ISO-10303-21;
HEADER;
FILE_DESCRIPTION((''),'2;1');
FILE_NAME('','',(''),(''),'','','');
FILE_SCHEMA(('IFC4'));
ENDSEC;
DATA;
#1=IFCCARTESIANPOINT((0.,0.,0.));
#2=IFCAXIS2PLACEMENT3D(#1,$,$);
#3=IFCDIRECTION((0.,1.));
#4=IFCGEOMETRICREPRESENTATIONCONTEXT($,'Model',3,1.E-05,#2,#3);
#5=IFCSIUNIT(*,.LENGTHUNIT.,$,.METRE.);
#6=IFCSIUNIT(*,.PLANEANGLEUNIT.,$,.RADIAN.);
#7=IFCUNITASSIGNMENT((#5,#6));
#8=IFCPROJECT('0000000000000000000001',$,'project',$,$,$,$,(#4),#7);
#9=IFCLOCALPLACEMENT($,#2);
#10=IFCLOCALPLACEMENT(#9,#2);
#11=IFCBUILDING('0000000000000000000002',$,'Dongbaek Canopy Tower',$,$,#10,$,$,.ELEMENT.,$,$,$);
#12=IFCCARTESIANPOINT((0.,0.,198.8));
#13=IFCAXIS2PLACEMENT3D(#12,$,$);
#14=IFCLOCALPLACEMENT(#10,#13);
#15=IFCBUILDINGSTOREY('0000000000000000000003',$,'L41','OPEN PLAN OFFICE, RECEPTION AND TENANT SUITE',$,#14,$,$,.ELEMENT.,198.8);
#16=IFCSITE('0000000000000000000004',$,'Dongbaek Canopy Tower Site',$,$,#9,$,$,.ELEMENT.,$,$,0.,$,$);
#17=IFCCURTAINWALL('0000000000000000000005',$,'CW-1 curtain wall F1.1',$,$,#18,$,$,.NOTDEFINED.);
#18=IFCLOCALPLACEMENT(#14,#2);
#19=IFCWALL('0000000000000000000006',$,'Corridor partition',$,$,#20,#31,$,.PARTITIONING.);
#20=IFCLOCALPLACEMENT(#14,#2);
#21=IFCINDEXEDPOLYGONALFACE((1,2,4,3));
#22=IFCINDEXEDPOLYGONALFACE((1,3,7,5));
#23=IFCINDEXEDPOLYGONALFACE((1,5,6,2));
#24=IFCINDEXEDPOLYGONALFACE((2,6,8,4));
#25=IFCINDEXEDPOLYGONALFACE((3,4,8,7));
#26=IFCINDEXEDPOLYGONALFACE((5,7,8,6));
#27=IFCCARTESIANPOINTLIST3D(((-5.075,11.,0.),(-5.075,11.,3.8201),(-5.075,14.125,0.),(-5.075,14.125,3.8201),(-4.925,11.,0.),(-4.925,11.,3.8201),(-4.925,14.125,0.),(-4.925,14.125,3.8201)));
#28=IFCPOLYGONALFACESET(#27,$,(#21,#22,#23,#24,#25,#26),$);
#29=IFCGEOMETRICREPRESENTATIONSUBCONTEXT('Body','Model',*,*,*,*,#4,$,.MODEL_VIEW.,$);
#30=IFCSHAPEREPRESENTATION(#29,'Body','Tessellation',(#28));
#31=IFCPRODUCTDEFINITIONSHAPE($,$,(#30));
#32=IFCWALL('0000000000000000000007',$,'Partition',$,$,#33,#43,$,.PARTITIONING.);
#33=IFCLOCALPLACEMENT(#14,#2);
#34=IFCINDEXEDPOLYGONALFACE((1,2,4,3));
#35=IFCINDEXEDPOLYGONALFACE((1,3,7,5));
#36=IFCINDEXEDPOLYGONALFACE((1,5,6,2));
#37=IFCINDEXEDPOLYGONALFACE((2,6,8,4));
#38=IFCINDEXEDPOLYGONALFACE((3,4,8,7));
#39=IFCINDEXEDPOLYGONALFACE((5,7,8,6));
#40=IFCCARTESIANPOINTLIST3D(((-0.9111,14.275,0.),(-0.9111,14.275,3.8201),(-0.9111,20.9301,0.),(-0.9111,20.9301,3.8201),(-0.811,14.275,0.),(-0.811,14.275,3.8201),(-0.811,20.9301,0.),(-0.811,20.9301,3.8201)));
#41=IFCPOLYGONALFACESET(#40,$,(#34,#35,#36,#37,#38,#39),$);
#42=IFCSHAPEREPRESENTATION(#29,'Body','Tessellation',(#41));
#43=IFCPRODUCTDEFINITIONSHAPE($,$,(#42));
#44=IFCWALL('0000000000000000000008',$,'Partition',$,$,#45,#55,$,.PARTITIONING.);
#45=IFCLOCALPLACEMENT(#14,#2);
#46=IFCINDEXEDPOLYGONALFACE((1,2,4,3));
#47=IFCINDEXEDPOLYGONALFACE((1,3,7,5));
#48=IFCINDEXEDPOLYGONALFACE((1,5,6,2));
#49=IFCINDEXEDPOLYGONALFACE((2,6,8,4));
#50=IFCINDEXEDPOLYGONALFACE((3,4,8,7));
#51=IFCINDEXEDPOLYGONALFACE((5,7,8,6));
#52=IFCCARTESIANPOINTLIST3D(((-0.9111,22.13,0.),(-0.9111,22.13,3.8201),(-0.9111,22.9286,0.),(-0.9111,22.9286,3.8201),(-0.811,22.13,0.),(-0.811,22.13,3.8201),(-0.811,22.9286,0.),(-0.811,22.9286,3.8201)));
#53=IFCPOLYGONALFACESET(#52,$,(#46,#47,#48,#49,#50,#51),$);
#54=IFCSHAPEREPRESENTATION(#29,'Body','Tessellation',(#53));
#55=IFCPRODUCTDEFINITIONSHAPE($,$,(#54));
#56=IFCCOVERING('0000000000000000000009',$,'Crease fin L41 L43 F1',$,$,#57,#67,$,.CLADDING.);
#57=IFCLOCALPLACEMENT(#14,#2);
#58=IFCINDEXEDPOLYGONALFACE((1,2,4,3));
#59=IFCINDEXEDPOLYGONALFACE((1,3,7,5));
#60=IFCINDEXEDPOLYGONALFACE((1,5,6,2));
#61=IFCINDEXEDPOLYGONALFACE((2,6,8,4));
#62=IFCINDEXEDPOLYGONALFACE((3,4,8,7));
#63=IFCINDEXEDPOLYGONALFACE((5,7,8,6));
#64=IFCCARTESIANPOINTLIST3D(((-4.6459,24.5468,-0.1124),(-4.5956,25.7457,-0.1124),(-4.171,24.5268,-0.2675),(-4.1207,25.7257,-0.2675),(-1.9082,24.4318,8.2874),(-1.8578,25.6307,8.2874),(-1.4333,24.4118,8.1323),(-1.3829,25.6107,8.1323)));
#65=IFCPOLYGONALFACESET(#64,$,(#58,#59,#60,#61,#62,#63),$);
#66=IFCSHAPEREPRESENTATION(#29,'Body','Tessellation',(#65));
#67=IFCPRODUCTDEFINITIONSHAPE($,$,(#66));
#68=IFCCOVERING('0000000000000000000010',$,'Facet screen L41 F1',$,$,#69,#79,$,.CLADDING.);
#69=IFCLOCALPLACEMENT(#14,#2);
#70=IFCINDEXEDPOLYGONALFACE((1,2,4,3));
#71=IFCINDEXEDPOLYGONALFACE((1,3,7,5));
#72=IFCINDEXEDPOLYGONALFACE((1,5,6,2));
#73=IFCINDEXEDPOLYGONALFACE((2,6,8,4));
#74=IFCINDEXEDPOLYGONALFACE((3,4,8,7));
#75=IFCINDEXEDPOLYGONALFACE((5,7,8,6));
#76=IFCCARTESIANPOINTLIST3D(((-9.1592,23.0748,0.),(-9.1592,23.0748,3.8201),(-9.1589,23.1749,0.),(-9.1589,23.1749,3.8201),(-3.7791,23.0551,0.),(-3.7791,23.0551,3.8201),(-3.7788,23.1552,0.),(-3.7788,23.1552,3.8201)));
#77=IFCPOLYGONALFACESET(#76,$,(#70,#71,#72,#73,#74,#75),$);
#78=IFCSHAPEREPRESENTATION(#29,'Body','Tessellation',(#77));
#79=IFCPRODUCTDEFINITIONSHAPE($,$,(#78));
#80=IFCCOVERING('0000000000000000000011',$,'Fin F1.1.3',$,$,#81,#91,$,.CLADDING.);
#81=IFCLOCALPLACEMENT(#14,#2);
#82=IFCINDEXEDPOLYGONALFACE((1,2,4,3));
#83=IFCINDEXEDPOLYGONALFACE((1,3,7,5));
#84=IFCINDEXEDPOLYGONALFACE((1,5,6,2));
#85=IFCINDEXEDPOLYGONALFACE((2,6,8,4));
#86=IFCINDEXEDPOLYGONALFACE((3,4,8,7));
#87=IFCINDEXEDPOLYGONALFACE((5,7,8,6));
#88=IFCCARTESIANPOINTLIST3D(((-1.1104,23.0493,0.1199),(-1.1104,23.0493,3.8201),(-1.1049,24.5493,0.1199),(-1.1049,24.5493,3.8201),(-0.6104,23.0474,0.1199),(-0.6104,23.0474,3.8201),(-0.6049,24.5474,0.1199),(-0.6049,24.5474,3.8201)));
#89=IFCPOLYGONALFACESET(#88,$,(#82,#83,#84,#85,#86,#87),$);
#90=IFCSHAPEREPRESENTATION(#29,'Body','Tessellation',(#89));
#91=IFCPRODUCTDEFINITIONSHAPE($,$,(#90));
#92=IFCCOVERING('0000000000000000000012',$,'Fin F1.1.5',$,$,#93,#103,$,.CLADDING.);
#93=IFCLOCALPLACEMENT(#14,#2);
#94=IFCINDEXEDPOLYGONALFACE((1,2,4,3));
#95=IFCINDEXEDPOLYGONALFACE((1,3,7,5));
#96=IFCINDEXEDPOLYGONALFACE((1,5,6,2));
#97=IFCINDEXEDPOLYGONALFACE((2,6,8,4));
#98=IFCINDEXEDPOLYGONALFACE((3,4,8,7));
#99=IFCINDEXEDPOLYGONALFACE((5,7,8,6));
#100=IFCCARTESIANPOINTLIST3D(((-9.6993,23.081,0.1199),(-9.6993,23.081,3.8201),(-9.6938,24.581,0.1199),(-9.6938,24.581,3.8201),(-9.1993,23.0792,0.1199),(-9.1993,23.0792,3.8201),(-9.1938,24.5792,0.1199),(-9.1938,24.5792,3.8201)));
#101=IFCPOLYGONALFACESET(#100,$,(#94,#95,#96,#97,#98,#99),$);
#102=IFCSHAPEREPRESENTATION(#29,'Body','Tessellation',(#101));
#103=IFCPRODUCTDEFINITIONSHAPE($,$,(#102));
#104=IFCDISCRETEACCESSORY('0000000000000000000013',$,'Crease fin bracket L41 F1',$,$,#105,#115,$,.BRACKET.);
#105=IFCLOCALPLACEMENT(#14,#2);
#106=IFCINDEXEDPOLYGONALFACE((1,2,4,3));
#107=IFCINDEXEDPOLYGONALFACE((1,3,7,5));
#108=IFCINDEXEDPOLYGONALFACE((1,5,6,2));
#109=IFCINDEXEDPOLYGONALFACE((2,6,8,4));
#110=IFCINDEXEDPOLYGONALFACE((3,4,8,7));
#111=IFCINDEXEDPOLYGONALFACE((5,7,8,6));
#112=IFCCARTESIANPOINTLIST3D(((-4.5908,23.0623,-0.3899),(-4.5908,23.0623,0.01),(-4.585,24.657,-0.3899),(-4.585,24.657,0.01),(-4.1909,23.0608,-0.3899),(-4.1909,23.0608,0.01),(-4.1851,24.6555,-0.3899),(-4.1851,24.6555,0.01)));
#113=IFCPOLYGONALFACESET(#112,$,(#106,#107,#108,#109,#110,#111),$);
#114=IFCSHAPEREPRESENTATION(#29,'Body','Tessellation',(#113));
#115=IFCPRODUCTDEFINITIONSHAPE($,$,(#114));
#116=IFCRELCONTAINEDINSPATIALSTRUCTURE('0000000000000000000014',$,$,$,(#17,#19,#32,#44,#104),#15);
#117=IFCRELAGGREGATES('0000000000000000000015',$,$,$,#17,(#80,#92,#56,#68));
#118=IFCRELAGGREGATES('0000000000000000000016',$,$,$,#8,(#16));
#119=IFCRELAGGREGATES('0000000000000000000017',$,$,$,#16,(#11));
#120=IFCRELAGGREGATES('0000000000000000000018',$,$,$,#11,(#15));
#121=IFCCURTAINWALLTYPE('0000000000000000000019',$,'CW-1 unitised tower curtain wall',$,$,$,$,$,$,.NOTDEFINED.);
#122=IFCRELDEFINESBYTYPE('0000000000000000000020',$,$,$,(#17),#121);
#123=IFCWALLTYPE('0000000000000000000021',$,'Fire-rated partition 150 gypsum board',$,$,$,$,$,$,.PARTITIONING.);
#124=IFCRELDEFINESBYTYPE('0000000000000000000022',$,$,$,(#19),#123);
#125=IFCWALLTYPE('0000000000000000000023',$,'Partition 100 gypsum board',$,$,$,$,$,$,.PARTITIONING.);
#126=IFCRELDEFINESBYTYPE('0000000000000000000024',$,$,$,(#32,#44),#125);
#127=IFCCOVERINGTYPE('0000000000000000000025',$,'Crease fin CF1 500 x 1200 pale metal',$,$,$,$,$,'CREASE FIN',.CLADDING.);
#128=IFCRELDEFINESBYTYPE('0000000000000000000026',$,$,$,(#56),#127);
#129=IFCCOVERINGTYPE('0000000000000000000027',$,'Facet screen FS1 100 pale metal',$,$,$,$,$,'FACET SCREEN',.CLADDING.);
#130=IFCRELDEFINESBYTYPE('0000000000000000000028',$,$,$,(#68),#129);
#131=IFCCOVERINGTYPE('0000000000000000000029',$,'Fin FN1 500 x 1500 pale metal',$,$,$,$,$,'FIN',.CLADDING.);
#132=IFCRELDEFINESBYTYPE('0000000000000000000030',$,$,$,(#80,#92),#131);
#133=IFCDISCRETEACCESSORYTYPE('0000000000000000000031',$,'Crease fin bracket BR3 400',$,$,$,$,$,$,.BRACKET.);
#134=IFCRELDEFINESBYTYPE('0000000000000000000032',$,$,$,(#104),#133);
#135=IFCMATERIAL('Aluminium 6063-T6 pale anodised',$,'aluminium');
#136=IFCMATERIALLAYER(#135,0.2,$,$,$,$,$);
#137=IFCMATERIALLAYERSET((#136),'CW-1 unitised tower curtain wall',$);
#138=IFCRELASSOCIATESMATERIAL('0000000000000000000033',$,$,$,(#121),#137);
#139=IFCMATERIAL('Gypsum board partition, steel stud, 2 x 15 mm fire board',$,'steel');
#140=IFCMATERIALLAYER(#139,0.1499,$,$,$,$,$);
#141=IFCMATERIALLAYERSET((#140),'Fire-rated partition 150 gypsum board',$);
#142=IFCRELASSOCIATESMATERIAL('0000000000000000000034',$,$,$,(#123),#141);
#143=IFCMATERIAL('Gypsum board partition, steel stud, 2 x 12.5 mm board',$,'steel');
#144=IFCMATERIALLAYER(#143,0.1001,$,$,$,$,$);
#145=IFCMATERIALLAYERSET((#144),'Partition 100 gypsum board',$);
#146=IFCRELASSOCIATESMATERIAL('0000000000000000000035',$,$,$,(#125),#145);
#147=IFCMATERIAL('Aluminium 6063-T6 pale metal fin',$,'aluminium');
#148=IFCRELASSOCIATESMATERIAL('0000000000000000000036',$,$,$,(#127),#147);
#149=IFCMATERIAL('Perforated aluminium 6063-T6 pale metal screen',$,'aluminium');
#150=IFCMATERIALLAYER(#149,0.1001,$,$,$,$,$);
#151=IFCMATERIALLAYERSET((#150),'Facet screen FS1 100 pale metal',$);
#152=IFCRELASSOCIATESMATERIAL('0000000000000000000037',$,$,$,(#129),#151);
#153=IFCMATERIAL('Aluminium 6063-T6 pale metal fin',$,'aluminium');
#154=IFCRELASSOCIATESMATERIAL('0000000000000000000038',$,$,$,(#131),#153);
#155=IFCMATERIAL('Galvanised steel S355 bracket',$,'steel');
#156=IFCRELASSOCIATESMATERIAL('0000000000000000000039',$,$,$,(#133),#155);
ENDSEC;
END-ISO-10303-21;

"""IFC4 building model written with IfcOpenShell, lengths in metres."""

from ifc_helpers import new_model, si_unit, direction, frame, frame_2d, origin, origin_2d, place, context, subcontext, project, spatial, rectangle, extrude, material, layer, layer_set, material_profile, profile_set, type_object, element, aggregate, save


model = new_model("IFC4")

# Units and contexts
model_context = context("Model", 3, precision=1e-05, world=origin(), true_north=direction((0.0, 1.0)))
body_context = subcontext(model_context, "Body", "Model", "MODEL_VIEW")
ifc_project = project(units=[si_unit("LENGTHUNIT", "METRE"), si_unit("PLANEANGLEUNIT", "RADIAN")], contexts=[model_context])

# Site, building, storey
site_placement = place(None, origin())
site = spatial("IfcSite", under=ifc_project, at=site_placement, Name="Dongbaek Canopy Tower Site", CompositionType="ELEMENT", RefElevation=0.0)
building_placement = place(site_placement, origin())
building = spatial("IfcBuilding", under=site, at=building_placement, Name="Dongbaek Canopy Tower", CompositionType="ELEMENT")
storey_placement = place(building_placement, frame((0.0, 0.0, 198.8)))
storey = spatial("IfcBuildingStorey", under=building, at=storey_placement, Name="L41", Description="OPEN PLAN OFFICE, RECEPTION AND TENANT SUITE", CompositionType="ELEMENT", Elevation=198.8)

# Curtain wall
ifc_material_1 = material(Name="Aluminium 6063-T6 pale anodised", Category="aluminium")
ifc_layer_1 = layer(ifc_material_1, 0.2)
ifc_layer_set_1 = layer_set([ifc_layer_1], Name="CW-1 unitised tower curtain wall")
curtain_wall_type = type_object("IfcCurtainWallType", Name="CW-1 unitised tower curtain wall", PredefinedType="NOTDEFINED", material=ifc_layer_set_1)
curtain_wall_1_placement = place(storey_placement, origin())
curtain_wall_1 = element("IfcCurtainWall", 1, at=curtain_wall_1_placement, inside=storey, type_object=curtain_wall_type, Name="CW-1 curtain wall F1.1", PredefinedType="NOTDEFINED")

# Shared definitions
ifc_material_2 = material(Name="Gypsum board partition, steel stud, 2 x 15 mm fire board", Category="steel")
ifc_layer_2 = layer(ifc_material_2, 0.1499)
ifc_layer_set_2 = layer_set([ifc_layer_2], Name="Fire-rated partition 150 gypsum board")
wall_type_1 = type_object("IfcWallType", Name="Fire-rated partition 150 gypsum board", PredefinedType="PARTITIONING", material=ifc_layer_set_2)

# Walls
wall_1_placement = place(storey_placement, frame((-5.0, 11.0, 0.0), z_axis=(0.0, 0.0, 1.0), x_axis=(0.0, 1.0, 0.0)))
element("IfcWall", 2, at=wall_1_placement, inside=storey, type_object=wall_type_1, Name="Corridor partition", PredefinedType="PARTITIONING", context=body_context, shape_type="SweptSolid", body=[
    extrude(rectangle(XDim=3.125, YDim=0.1499, at=frame_2d((1.5625, 0.0))), origin(), (0.0, 0.0, 1.0), 3.8201),
])
ifc_material_3 = material(Name="Gypsum board partition, steel stud, 2 x 12.5 mm board", Category="steel")
ifc_layer_3 = layer(ifc_material_3, 0.1001)
ifc_layer_set_3 = layer_set([ifc_layer_3], Name="Partition 100 gypsum board")
wall_type_2 = type_object("IfcWallType", Name="Partition 100 gypsum board", PredefinedType="PARTITIONING", material=ifc_layer_set_3)
wall_2_placement = place(storey_placement, frame((-0.8611, 14.2749, 0.0), z_axis=(0.0, 0.0, 1.0), x_axis=(0.0, 1.0, 0.0)))
element("IfcWall", 3, at=wall_2_placement, inside=storey, type_object=wall_type_2, Name="Partition", PredefinedType="PARTITIONING", context=body_context, shape_type="SweptSolid", body=[
    extrude(rectangle(XDim=6.655, YDim=0.1001, at=frame_2d((3.3276, 0.0))), origin(), (0.0, 0.0, 1.0), 3.8201),
])
wall_3_placement = place(storey_placement, frame((-0.8611, 22.1299, 0.0), z_axis=(0.0, 0.0, 1.0), x_axis=(0.0, 1.0, 0.0)))
element("IfcWall", 4, at=wall_3_placement, inside=storey, type_object=wall_type_2, Name="Partition", PredefinedType="PARTITIONING", context=body_context, shape_type="SweptSolid", body=[
    extrude(rectangle(XDim=0.7986, YDim=0.1001, at=frame_2d((0.3994, 0.0))), origin(), (0.0, 0.0, 1.0), 3.8201),
])

# Coverings
ifc_material_4 = material(Name="Aluminium 6063-T6 pale metal fin", Category="aluminium")
ifc_material_profile_1 = material_profile(ifc_material_4, rectangle(XDim=1.2, YDim=0.5, at=origin_2d()), Name="Crease fin CF1 500 x 1200 pale metal")
ifc_profile_set_1 = profile_set([ifc_material_profile_1], Name="Aluminium 6063-T6 pale metal fin")
covering_type_1 = type_object("IfcCoveringType", Name="Crease fin CF1 500 x 1200 pale metal", ElementType="CREASE FIN", PredefinedType="CLADDING", material=ifc_profile_set_1)
covering_1_placement = place(storey_placement, frame((-4.3833, 25.1362, -0.1899), z_axis=(0.309861, -0.013014, 0.950693), x_axis=(0.041964, 0.999119, 0.0)))
covering_1 = element("IfcCovering", 5, at=covering_1_placement, type_object=covering_type_1, Name="Crease fin L41 L43 F1", PredefinedType="CLADDING", context=body_context, shape_type="SweptSolid", body=[
    extrude(rectangle(XDim=1.2, YDim=0.5, at=origin_2d()), origin(), (0.0, 0.0, 1.0), 8.8354),
])
ifc_material_5 = material(Name="Perforated aluminium 6063-T6 pale metal screen", Category="aluminium")
ifc_layer_4 = layer(ifc_material_5, 0.1001)
ifc_layer_set_4 = layer_set([ifc_layer_4], Name="Facet screen FS1 100 pale metal")
covering_type_2 = type_object("IfcCoveringType", Name="Facet screen FS1 100 pale metal", ElementType="FACET SCREEN", PredefinedType="CLADDING", material=ifc_layer_set_4)
covering_2_placement = place(storey_placement, frame((-6.469, 23.115, 0.0), z_axis=(0.0, 0.0, 1.0), x_axis=(-0.999993, 0.003676, 0.0)))
covering_2 = element("IfcCovering", 6, at=covering_2_placement, type_object=covering_type_2, Name="Facet screen L41 F1", PredefinedType="CLADDING", context=body_context, shape_type="SweptSolid", body=[
    extrude(rectangle(XDim=5.3801, YDim=0.1001, at=origin_2d()), origin(), (0.0, 0.0, 1.0), 3.8201),
])
ifc_material_6 = material(Name="Aluminium 6063-T6 pale metal fin", Category="aluminium")
ifc_material_profile_2 = material_profile(ifc_material_6, rectangle(XDim=1.5, YDim=0.5, at=origin_2d()), Name="Fin FN1 500 x 1500 pale metal")
ifc_profile_set_2 = profile_set([ifc_material_profile_2], Name="Aluminium 6063-T6 pale metal fin")
covering_type_3 = type_object("IfcCoveringType", Name="Fin FN1 500 x 1500 pale metal", ElementType="FIN", PredefinedType="CLADDING", material=ifc_profile_set_2)
covering_3_placement = place(storey_placement, frame((-0.8577, 23.7983, 0.1199), z_axis=(0.0, 0.0, 1.0), x_axis=(0.003675, 0.999993, 0.0)))
covering_3 = element("IfcCovering", 7, at=covering_3_placement, type_object=covering_type_3, Name="Fin F1.1.3", PredefinedType="CLADDING", context=body_context, shape_type="SweptSolid", body=[
    extrude(rectangle(XDim=1.5, YDim=0.5, at=origin_2d()), origin(), (0.0, 0.0, 1.0), 3.7002),
])
covering_4_placement = place(storey_placement, frame((-9.4465, 23.8301, 0.1199), z_axis=(0.0, 0.0, 1.0), x_axis=(0.003675, 0.999993, 0.0)))
covering_4 = element("IfcCovering", 8, at=covering_4_placement, type_object=covering_type_3, Name="Fin F1.1.5", PredefinedType="CLADDING", context=body_context, shape_type="SweptSolid", body=[
    extrude(rectangle(XDim=1.5, YDim=0.5, at=origin_2d()), origin(), (0.0, 0.0, 1.0), 3.7002),
])
aggregate(curtain_wall_1, [covering_3, covering_4, covering_1, covering_2])

# Discrete accessory
ifc_material_7 = material(Name="Galvanised steel S355 bracket", Category="steel")
discrete_accessory_type = type_object("IfcDiscreteAccessoryType", Name="Crease fin bracket BR3 400", PredefinedType="BRACKET", material=ifc_material_7)
discrete_accessory_placement = place(storey_placement, frame((-4.3879, 23.8589, -0.3899), z_axis=(0.0, 0.0, 1.0), x_axis=(0.003676, 0.999993, 0.0)))
element("IfcDiscreteAccessory", 9, at=discrete_accessory_placement, inside=storey, type_object=discrete_accessory_type, Name="Crease fin bracket L41 F1", PredefinedType="BRACKET", context=body_context, shape_type="SweptSolid", body=[
    extrude(rectangle(XDim=1.5947, YDim=0.3999, at=origin_2d()), origin(), (0.0, 0.0, 1.0), 0.3999),
])

save(model, "model.ifc")
